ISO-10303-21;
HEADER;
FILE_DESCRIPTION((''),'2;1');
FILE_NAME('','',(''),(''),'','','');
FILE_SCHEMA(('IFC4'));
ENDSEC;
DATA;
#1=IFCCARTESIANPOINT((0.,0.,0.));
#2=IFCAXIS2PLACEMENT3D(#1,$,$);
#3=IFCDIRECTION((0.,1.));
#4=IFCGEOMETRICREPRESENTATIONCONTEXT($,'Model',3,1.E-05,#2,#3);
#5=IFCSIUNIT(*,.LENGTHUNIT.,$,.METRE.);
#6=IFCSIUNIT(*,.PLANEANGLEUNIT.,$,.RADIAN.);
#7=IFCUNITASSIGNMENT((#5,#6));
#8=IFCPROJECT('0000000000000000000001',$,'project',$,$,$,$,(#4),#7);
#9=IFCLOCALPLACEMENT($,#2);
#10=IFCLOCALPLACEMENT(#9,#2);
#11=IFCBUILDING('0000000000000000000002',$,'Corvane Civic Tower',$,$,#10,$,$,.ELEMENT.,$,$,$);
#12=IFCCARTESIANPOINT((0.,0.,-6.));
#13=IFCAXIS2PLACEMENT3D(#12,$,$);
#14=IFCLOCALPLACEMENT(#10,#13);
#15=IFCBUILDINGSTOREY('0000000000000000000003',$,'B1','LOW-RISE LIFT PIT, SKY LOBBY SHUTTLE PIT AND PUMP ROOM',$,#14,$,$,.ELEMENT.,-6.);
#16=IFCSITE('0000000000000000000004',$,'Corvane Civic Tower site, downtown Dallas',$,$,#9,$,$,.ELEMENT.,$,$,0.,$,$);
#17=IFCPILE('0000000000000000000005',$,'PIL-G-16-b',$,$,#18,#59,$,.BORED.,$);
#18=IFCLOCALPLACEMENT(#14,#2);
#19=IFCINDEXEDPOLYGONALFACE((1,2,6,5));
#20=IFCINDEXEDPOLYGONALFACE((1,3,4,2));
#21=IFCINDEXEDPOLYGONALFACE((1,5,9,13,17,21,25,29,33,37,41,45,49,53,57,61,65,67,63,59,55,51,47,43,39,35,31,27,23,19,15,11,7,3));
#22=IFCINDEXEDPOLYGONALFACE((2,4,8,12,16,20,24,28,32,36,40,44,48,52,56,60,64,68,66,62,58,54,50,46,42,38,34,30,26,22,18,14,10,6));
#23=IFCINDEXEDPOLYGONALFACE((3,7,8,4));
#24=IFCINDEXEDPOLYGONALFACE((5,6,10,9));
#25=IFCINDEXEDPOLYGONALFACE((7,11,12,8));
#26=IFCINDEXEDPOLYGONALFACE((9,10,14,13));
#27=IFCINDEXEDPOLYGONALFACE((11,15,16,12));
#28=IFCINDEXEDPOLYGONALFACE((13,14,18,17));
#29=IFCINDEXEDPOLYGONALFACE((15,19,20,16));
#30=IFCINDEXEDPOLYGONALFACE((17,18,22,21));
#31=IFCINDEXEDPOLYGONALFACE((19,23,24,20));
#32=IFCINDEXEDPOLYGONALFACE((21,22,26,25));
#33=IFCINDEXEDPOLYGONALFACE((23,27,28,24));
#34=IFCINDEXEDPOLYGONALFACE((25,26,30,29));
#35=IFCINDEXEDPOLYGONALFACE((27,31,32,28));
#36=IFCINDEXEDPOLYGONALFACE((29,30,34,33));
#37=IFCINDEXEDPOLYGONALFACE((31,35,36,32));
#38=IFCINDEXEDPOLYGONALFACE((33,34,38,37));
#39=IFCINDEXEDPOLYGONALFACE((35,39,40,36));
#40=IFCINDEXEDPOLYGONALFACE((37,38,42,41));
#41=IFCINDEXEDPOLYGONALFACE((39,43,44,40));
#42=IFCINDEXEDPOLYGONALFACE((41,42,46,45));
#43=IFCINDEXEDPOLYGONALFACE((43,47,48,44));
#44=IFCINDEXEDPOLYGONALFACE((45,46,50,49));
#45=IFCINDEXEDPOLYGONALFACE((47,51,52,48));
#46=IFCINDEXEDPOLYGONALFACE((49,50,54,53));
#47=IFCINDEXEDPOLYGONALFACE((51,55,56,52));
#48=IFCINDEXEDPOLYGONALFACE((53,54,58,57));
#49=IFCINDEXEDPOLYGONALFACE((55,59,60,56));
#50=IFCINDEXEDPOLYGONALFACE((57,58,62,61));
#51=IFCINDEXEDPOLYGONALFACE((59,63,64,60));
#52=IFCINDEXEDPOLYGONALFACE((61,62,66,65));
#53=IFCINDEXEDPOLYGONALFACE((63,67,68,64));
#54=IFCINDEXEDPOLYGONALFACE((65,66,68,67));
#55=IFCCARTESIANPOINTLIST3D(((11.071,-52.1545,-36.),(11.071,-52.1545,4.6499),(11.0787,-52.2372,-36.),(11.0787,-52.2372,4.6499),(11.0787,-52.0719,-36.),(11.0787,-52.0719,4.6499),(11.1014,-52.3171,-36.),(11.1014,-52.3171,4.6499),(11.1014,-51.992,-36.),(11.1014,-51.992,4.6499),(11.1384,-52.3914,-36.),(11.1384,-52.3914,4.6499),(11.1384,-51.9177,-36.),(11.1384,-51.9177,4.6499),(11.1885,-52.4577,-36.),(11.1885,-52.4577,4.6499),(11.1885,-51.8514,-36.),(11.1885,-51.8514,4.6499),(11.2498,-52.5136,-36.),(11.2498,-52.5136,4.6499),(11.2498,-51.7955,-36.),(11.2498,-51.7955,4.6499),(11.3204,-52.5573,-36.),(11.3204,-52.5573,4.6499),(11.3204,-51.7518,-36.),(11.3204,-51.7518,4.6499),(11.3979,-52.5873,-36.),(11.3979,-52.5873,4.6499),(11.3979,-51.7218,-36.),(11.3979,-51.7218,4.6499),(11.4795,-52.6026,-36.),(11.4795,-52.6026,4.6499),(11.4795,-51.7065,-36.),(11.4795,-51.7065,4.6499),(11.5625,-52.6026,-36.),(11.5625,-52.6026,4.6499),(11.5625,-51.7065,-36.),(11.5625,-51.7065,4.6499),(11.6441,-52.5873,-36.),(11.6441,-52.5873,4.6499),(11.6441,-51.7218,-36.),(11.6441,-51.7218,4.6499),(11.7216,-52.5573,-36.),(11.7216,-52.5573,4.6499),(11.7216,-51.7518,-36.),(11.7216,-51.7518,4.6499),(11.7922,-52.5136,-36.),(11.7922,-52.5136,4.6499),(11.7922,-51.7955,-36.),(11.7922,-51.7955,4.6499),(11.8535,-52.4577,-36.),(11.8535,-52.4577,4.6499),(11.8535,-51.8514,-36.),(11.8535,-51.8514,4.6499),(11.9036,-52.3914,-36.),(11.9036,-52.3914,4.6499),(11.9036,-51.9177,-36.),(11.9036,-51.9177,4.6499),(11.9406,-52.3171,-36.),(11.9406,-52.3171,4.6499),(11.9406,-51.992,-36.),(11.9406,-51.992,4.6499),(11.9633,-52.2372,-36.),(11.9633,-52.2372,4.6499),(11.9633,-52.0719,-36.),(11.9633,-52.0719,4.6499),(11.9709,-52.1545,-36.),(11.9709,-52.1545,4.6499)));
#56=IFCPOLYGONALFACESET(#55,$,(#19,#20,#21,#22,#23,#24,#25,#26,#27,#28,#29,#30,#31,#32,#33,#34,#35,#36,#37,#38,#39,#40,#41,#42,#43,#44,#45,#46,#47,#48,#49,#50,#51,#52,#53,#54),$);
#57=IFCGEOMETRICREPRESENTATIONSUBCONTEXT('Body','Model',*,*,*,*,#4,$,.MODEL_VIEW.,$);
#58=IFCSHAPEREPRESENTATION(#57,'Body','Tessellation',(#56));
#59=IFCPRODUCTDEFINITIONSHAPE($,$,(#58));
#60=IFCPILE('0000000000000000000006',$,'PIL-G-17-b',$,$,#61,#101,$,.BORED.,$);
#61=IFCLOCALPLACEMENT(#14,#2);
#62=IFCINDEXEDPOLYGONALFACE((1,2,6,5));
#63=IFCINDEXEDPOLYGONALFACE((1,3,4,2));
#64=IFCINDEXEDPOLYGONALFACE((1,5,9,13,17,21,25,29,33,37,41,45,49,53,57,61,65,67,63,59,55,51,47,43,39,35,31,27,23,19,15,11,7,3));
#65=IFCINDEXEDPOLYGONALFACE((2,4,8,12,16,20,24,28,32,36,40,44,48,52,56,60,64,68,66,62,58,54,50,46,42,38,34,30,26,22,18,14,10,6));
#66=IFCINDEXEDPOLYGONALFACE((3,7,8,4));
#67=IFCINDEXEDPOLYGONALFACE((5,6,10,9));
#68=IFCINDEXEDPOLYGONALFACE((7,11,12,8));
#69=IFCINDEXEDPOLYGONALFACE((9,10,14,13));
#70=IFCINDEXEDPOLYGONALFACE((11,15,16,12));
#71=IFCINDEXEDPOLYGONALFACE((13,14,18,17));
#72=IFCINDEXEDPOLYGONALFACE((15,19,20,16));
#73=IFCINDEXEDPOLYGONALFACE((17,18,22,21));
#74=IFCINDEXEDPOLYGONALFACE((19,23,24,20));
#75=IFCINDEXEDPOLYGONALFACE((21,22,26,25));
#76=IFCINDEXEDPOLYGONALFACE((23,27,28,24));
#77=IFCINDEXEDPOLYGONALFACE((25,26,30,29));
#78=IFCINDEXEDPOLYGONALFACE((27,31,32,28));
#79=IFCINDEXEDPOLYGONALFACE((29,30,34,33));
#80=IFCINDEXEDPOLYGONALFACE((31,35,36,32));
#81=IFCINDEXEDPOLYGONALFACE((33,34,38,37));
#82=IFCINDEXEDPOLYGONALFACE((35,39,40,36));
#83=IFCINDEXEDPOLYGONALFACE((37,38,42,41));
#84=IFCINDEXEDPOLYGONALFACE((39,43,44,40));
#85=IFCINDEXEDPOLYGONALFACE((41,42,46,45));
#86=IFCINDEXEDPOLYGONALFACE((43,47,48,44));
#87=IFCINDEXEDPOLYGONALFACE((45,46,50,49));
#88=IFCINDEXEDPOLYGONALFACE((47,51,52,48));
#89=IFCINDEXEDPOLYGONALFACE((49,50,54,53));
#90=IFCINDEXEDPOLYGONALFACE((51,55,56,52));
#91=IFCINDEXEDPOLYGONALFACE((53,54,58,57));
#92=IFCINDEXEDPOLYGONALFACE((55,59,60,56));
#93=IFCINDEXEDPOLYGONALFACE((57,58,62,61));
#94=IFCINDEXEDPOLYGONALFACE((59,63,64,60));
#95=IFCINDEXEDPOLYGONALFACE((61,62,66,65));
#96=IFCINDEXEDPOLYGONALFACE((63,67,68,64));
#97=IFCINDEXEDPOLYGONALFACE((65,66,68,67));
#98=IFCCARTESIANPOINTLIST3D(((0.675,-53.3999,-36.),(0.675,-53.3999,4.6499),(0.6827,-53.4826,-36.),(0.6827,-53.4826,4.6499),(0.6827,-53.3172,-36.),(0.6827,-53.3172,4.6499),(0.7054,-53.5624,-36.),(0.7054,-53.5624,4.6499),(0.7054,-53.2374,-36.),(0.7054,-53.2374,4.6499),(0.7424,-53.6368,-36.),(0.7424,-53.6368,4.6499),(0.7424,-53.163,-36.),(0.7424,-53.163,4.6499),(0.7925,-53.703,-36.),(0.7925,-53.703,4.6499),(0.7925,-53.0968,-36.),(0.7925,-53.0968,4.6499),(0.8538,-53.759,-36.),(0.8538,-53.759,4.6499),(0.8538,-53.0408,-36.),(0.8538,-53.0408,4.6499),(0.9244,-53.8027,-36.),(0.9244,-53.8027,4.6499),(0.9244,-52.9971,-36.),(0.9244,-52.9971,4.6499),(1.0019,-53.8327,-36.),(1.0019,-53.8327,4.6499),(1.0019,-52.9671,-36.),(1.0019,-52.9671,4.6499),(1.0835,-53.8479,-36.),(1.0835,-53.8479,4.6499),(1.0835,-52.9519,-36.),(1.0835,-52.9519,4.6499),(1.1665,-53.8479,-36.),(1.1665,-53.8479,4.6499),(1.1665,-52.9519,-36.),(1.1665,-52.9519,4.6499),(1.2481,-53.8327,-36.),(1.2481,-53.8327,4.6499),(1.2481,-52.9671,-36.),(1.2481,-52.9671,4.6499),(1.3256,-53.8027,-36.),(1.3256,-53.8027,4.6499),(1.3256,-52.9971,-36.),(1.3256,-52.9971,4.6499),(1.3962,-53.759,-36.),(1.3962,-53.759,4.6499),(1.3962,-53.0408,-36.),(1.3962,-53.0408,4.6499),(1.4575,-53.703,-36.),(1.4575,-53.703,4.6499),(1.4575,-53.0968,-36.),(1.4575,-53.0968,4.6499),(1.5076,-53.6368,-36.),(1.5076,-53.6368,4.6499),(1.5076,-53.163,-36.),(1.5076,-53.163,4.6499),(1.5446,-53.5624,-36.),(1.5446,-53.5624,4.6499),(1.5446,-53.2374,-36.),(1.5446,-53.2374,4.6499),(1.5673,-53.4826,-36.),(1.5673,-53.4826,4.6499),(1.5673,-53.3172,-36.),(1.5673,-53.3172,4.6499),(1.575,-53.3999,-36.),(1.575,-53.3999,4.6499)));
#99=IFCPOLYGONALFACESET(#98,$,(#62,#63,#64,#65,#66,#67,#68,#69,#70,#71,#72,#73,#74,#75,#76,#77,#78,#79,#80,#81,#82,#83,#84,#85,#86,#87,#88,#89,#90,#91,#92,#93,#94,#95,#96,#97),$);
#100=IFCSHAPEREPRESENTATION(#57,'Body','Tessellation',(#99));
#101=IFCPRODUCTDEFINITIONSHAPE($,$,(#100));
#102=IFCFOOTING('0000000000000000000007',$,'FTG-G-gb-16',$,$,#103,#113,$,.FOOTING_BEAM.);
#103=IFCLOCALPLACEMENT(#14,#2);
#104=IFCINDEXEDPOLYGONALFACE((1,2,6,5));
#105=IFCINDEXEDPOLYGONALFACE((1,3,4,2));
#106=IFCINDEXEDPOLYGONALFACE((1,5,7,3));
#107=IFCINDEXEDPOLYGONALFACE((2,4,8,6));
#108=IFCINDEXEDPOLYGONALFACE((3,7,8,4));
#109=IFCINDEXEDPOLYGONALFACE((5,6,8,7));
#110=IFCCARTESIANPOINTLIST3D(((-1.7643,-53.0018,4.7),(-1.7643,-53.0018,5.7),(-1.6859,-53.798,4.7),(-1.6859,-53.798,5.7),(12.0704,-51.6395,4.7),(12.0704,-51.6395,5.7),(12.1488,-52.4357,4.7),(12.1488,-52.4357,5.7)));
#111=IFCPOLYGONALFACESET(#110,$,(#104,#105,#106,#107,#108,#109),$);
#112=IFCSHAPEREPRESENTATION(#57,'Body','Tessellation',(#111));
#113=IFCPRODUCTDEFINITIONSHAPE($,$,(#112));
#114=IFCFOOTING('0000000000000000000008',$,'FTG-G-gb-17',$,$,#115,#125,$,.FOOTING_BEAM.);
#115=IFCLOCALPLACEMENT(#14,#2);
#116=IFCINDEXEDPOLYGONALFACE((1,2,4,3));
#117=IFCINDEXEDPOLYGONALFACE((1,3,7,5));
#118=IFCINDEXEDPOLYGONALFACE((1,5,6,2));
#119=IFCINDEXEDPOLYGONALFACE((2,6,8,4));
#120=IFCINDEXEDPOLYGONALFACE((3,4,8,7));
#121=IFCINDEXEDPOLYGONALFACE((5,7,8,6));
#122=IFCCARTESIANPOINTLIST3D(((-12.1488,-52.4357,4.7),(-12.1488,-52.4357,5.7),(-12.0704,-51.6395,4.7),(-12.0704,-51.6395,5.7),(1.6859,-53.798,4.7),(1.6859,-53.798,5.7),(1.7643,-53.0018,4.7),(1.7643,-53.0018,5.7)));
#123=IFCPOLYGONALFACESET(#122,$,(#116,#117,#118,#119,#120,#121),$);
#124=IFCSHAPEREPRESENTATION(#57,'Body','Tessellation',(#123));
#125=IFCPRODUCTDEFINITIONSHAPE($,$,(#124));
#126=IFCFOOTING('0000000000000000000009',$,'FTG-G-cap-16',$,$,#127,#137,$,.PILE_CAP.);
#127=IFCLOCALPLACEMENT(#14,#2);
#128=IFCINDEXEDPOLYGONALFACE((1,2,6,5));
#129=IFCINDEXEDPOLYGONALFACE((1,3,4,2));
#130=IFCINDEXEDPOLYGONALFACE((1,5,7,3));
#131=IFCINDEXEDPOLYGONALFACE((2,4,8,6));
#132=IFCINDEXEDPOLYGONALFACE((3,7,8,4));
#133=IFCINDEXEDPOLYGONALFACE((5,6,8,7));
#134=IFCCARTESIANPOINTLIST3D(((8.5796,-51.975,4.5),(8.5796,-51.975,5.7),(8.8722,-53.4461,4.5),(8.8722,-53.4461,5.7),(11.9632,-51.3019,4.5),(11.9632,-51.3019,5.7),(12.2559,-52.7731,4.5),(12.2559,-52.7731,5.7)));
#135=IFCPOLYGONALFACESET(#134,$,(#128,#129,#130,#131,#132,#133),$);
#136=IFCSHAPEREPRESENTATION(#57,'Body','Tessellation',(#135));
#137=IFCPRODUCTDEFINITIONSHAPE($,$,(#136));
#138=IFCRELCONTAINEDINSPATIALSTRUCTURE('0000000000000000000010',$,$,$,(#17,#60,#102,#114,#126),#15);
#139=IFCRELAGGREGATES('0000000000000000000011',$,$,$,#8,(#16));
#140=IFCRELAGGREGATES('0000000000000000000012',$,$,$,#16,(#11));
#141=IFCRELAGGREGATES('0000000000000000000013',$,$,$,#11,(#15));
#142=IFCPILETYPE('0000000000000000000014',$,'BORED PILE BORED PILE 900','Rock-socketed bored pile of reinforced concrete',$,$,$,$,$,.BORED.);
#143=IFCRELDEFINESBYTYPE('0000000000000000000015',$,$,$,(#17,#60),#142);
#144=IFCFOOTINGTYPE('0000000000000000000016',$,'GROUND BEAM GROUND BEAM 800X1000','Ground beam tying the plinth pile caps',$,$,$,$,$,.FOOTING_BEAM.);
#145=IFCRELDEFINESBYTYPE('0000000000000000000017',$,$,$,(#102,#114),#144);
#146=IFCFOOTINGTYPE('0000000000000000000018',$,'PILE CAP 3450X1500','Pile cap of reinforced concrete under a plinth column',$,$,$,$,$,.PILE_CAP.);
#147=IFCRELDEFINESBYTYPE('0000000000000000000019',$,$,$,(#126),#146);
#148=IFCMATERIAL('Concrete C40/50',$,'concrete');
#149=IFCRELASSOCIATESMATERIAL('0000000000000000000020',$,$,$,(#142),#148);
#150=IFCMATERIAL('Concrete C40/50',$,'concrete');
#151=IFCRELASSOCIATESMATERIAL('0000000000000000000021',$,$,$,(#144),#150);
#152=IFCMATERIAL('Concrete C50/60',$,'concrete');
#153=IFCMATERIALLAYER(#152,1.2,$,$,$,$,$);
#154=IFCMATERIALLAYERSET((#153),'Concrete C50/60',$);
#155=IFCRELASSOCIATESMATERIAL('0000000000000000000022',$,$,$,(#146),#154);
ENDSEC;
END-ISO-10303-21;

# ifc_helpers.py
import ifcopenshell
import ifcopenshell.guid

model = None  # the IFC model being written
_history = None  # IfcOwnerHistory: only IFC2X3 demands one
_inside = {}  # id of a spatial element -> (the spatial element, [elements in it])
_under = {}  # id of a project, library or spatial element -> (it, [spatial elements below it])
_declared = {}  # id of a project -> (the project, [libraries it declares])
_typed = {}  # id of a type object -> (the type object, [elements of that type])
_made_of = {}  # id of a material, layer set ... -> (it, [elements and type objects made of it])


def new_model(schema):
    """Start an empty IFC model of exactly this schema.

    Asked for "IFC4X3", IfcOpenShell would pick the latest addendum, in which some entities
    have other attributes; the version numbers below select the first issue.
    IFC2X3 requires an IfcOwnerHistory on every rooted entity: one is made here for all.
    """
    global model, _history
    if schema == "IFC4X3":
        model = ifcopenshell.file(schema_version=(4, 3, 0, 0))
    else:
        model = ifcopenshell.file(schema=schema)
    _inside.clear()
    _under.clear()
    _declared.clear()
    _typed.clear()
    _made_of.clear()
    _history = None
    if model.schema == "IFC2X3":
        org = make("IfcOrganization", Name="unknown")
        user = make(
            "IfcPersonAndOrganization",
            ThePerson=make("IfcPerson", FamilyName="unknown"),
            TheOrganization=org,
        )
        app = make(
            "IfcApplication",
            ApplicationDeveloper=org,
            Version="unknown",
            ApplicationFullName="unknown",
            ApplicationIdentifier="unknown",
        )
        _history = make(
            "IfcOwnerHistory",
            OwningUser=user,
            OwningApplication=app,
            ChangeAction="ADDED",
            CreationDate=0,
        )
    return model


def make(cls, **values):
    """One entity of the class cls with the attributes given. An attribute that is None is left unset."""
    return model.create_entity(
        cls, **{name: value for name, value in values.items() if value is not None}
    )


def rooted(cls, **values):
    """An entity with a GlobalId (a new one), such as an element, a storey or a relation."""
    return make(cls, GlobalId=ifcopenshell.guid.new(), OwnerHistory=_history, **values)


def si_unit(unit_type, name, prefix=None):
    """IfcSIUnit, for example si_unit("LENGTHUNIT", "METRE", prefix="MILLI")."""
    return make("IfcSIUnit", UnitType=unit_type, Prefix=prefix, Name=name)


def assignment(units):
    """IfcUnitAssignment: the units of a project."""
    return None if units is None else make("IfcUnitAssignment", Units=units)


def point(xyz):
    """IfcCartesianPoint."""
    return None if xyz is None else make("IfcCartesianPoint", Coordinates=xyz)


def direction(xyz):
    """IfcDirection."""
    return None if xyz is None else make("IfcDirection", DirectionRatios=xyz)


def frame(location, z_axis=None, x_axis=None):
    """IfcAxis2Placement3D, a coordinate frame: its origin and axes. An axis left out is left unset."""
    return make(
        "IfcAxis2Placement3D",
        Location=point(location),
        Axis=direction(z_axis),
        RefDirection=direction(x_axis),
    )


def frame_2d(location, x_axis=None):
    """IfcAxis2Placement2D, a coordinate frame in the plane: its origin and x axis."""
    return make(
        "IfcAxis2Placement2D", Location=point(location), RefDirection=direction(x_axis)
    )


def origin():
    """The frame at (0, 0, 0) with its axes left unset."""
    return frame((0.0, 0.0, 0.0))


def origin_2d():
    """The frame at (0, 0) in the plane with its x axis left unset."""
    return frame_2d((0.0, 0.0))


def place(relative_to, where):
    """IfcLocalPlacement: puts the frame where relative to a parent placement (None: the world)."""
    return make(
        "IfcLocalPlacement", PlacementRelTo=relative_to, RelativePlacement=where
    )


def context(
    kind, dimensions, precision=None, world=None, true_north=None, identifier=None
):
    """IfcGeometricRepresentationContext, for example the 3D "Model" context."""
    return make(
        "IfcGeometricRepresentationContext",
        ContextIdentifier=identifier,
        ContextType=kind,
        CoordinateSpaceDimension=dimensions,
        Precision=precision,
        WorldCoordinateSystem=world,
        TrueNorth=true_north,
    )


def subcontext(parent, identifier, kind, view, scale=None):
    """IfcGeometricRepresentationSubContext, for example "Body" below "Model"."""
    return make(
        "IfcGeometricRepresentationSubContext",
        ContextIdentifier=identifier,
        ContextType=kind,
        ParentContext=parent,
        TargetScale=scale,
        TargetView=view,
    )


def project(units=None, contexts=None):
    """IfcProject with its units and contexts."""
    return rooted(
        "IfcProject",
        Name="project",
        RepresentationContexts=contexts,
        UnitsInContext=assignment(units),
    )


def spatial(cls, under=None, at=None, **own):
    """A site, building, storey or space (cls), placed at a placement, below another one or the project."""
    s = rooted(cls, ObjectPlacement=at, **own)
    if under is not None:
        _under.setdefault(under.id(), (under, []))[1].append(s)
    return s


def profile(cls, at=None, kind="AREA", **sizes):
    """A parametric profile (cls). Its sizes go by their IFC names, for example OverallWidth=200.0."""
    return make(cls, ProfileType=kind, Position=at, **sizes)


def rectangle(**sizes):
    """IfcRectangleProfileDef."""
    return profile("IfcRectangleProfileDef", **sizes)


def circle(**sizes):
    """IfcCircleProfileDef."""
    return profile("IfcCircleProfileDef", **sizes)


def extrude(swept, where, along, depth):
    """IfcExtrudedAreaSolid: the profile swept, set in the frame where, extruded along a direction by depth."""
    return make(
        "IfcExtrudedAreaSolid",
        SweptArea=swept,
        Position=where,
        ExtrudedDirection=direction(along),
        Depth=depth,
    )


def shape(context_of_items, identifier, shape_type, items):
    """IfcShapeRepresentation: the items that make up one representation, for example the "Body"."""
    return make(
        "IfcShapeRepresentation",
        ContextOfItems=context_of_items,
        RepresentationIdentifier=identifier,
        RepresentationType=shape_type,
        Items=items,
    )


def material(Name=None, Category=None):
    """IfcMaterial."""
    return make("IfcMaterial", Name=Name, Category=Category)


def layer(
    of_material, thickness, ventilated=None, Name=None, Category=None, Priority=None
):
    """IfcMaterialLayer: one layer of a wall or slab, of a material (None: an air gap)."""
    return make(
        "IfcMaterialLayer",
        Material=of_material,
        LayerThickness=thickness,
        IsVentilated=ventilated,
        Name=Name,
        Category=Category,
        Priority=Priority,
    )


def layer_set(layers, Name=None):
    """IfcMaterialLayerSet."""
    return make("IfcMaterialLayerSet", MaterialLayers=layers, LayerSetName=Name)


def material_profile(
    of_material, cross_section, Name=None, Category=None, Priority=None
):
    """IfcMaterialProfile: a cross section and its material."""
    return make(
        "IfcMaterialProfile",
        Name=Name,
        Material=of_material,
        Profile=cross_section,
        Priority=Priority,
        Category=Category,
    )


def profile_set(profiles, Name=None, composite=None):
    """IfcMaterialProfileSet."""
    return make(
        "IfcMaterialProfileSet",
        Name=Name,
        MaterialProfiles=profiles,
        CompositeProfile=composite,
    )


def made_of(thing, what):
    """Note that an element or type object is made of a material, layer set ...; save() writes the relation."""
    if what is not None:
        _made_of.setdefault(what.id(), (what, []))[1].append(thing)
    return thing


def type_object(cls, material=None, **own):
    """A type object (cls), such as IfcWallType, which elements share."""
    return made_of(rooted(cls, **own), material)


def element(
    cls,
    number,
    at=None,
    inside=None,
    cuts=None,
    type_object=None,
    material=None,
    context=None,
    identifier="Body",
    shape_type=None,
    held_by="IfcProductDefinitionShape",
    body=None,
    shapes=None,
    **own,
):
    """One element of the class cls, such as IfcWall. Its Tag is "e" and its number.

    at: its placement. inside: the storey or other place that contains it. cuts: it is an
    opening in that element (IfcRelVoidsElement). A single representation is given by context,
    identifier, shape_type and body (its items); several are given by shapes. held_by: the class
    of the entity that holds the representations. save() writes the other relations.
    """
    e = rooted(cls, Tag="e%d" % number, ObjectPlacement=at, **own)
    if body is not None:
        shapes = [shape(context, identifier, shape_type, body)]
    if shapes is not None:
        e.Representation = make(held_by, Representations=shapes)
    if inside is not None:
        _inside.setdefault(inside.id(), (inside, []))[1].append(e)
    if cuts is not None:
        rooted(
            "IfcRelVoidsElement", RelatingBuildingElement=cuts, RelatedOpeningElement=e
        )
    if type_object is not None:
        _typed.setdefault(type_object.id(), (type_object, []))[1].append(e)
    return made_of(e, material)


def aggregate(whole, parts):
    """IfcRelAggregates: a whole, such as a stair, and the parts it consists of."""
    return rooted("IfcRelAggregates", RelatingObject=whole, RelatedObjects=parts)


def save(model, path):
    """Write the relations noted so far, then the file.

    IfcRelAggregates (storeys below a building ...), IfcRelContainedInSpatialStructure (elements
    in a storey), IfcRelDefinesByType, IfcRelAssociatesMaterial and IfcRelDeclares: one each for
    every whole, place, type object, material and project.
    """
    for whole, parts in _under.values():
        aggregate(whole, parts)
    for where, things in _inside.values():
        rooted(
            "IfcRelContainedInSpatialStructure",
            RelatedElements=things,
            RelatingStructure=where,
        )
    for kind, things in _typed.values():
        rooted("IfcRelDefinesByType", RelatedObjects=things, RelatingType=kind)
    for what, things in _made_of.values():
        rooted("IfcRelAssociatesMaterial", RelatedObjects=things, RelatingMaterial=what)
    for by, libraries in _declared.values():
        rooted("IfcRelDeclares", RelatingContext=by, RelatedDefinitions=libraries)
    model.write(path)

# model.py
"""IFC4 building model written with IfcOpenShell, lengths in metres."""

from ifc_helpers import new_model, si_unit, direction, frame, origin, origin_2d, place, context, subcontext, project, spatial, rectangle, circle, extrude, material, layer, layer_set, material_profile, profile_set, type_object, element, save


model = new_model("IFC4")

# Units and contexts
model_context = context("Model", 3, precision=1e-05, world=origin(), true_north=direction((0.0, 1.0)))
body_context = subcontext(model_context, "Body", "Model", "MODEL_VIEW")
ifc_project = project(units=[si_unit("LENGTHUNIT", "METRE"), si_unit("PLANEANGLEUNIT", "RADIAN")], contexts=[model_context])

# Site, building, storey
site_placement = place(None, origin())
site = spatial("IfcSite", under=ifc_project, at=site_placement, Name="Corvane Civic Tower site, downtown Dallas", CompositionType="ELEMENT", RefElevation=0.0)
building_placement = place(site_placement, origin())
building = spatial("IfcBuilding", under=site, at=building_placement, Name="Corvane Civic Tower", CompositionType="ELEMENT")
storey_placement = place(building_placement, frame((0.0, 0.0, -6.0)))
storey = spatial("IfcBuildingStorey", under=building, at=storey_placement, Name="B1", Description="LOW-RISE LIFT PIT, SKY LOBBY SHUTTLE PIT AND PUMP ROOM", CompositionType="ELEMENT", Elevation=-6.0)

# Piles
ifc_material_1 = material(Name="Concrete C40/50", Category="concrete")
ifc_material_profile_1 = material_profile(ifc_material_1, circle(Radius=0.45, at=origin_2d()), Name="BORED PILE 900")
ifc_profile_set_1 = profile_set([ifc_material_profile_1], Name="Concrete C40/50")
pile_type_1 = type_object("IfcPileType", Name="BORED PILE BORED PILE 900", Description="Rock-socketed bored pile of reinforced concrete", PredefinedType="BORED", material=ifc_profile_set_1)
for number, where, z_axis, x_axis, name in (
    (1, (11.521, -52.1545, 4.6499), (0.0, 0.0, -1.0), (1.0, 0.0, 0.0), "PIL-G-16-b"),
    (2, (1.125, -53.3999, 4.6499), (0.0, 0.0, -1.0), (1.0, 0.0, 0.0), "PIL-G-17-b"),
):
    element("IfcPile", number, at=place(storey_placement, frame(where, z_axis=z_axis, x_axis=x_axis)), inside=storey, type_object=pile_type_1, Name=name, PredefinedType="BORED", context=body_context, shape_type="SweptSolid", body=[
        extrude(circle(Radius=0.45, at=origin_2d()), origin(), (0.0, 0.0, 1.0), 40.6499),
    ])

# Footings
ifc_material_2 = material(Name="Concrete C40/50", Category="concrete")
ifc_material_profile_2 = material_profile(ifc_material_2, rectangle(XDim=0.8, YDim=1.0, at=origin_2d()), Name="GROUND BEAM 800X1000")
ifc_profile_set_2 = profile_set([ifc_material_profile_2], Name="Concrete C40/50")
footing_type_1 = type_object("IfcFootingType", Name="GROUND BEAM GROUND BEAM 800X1000", Description="Ground beam tying the plinth pile caps", PredefinedType="FOOTING_BEAM", material=ifc_profile_set_2)
for number, where, z_axis, x_axis, name in (
    (3, (12.1096, -52.0376, 5.2), (-0.995187, -0.097996, 0.0), (0.097996, -0.995187, 0.0), "FTG-G-gb-16"),
    (4, (1.7251, -53.3999, 5.2), (-0.995187, 0.097996, 0.0), (-0.097996, -0.995187, 0.0), "FTG-G-gb-17"),
):
    element("IfcFooting", number, at=place(storey_placement, frame(where, z_axis=z_axis, x_axis=x_axis)), inside=storey, type_object=footing_type_1, Name=name, PredefinedType="FOOTING_BEAM", context=body_context, shape_type="SweptSolid", body=[
        extrude(rectangle(XDim=0.8, YDim=1.0, at=origin_2d()), origin(), (0.0, 0.0, 1.0), 13.9016),
    ])
ifc_material_3 = material(Name="Concrete C50/60", Category="concrete")
ifc_layer = layer(ifc_material_3, 1.2)
ifc_layer_set = layer_set([ifc_layer], Name="Concrete C50/60")
footing_type_2 = type_object("IfcFootingType", Name="PILE CAP 3450X1500", Description="Pile cap of reinforced concrete under a plinth column", PredefinedType="PILE_CAP", material=ifc_layer_set)
footing_placement = place(storey_placement, frame((10.4177, -52.374, 4.5), z_axis=(0.0, 0.0, 1.0), x_axis=(0.980785, 0.19509, 0.0)))
element("IfcFooting", 5, at=footing_placement, inside=storey, type_object=footing_type_2, Name="FTG-G-cap-16", PredefinedType="PILE_CAP", context=body_context, shape_type="SweptSolid", body=[
    extrude(rectangle(XDim=3.45, YDim=1.5, at=origin_2d()), origin(), (0.0, 0.0, 1.0), 1.2),
])

save(model, "model.ifc")
